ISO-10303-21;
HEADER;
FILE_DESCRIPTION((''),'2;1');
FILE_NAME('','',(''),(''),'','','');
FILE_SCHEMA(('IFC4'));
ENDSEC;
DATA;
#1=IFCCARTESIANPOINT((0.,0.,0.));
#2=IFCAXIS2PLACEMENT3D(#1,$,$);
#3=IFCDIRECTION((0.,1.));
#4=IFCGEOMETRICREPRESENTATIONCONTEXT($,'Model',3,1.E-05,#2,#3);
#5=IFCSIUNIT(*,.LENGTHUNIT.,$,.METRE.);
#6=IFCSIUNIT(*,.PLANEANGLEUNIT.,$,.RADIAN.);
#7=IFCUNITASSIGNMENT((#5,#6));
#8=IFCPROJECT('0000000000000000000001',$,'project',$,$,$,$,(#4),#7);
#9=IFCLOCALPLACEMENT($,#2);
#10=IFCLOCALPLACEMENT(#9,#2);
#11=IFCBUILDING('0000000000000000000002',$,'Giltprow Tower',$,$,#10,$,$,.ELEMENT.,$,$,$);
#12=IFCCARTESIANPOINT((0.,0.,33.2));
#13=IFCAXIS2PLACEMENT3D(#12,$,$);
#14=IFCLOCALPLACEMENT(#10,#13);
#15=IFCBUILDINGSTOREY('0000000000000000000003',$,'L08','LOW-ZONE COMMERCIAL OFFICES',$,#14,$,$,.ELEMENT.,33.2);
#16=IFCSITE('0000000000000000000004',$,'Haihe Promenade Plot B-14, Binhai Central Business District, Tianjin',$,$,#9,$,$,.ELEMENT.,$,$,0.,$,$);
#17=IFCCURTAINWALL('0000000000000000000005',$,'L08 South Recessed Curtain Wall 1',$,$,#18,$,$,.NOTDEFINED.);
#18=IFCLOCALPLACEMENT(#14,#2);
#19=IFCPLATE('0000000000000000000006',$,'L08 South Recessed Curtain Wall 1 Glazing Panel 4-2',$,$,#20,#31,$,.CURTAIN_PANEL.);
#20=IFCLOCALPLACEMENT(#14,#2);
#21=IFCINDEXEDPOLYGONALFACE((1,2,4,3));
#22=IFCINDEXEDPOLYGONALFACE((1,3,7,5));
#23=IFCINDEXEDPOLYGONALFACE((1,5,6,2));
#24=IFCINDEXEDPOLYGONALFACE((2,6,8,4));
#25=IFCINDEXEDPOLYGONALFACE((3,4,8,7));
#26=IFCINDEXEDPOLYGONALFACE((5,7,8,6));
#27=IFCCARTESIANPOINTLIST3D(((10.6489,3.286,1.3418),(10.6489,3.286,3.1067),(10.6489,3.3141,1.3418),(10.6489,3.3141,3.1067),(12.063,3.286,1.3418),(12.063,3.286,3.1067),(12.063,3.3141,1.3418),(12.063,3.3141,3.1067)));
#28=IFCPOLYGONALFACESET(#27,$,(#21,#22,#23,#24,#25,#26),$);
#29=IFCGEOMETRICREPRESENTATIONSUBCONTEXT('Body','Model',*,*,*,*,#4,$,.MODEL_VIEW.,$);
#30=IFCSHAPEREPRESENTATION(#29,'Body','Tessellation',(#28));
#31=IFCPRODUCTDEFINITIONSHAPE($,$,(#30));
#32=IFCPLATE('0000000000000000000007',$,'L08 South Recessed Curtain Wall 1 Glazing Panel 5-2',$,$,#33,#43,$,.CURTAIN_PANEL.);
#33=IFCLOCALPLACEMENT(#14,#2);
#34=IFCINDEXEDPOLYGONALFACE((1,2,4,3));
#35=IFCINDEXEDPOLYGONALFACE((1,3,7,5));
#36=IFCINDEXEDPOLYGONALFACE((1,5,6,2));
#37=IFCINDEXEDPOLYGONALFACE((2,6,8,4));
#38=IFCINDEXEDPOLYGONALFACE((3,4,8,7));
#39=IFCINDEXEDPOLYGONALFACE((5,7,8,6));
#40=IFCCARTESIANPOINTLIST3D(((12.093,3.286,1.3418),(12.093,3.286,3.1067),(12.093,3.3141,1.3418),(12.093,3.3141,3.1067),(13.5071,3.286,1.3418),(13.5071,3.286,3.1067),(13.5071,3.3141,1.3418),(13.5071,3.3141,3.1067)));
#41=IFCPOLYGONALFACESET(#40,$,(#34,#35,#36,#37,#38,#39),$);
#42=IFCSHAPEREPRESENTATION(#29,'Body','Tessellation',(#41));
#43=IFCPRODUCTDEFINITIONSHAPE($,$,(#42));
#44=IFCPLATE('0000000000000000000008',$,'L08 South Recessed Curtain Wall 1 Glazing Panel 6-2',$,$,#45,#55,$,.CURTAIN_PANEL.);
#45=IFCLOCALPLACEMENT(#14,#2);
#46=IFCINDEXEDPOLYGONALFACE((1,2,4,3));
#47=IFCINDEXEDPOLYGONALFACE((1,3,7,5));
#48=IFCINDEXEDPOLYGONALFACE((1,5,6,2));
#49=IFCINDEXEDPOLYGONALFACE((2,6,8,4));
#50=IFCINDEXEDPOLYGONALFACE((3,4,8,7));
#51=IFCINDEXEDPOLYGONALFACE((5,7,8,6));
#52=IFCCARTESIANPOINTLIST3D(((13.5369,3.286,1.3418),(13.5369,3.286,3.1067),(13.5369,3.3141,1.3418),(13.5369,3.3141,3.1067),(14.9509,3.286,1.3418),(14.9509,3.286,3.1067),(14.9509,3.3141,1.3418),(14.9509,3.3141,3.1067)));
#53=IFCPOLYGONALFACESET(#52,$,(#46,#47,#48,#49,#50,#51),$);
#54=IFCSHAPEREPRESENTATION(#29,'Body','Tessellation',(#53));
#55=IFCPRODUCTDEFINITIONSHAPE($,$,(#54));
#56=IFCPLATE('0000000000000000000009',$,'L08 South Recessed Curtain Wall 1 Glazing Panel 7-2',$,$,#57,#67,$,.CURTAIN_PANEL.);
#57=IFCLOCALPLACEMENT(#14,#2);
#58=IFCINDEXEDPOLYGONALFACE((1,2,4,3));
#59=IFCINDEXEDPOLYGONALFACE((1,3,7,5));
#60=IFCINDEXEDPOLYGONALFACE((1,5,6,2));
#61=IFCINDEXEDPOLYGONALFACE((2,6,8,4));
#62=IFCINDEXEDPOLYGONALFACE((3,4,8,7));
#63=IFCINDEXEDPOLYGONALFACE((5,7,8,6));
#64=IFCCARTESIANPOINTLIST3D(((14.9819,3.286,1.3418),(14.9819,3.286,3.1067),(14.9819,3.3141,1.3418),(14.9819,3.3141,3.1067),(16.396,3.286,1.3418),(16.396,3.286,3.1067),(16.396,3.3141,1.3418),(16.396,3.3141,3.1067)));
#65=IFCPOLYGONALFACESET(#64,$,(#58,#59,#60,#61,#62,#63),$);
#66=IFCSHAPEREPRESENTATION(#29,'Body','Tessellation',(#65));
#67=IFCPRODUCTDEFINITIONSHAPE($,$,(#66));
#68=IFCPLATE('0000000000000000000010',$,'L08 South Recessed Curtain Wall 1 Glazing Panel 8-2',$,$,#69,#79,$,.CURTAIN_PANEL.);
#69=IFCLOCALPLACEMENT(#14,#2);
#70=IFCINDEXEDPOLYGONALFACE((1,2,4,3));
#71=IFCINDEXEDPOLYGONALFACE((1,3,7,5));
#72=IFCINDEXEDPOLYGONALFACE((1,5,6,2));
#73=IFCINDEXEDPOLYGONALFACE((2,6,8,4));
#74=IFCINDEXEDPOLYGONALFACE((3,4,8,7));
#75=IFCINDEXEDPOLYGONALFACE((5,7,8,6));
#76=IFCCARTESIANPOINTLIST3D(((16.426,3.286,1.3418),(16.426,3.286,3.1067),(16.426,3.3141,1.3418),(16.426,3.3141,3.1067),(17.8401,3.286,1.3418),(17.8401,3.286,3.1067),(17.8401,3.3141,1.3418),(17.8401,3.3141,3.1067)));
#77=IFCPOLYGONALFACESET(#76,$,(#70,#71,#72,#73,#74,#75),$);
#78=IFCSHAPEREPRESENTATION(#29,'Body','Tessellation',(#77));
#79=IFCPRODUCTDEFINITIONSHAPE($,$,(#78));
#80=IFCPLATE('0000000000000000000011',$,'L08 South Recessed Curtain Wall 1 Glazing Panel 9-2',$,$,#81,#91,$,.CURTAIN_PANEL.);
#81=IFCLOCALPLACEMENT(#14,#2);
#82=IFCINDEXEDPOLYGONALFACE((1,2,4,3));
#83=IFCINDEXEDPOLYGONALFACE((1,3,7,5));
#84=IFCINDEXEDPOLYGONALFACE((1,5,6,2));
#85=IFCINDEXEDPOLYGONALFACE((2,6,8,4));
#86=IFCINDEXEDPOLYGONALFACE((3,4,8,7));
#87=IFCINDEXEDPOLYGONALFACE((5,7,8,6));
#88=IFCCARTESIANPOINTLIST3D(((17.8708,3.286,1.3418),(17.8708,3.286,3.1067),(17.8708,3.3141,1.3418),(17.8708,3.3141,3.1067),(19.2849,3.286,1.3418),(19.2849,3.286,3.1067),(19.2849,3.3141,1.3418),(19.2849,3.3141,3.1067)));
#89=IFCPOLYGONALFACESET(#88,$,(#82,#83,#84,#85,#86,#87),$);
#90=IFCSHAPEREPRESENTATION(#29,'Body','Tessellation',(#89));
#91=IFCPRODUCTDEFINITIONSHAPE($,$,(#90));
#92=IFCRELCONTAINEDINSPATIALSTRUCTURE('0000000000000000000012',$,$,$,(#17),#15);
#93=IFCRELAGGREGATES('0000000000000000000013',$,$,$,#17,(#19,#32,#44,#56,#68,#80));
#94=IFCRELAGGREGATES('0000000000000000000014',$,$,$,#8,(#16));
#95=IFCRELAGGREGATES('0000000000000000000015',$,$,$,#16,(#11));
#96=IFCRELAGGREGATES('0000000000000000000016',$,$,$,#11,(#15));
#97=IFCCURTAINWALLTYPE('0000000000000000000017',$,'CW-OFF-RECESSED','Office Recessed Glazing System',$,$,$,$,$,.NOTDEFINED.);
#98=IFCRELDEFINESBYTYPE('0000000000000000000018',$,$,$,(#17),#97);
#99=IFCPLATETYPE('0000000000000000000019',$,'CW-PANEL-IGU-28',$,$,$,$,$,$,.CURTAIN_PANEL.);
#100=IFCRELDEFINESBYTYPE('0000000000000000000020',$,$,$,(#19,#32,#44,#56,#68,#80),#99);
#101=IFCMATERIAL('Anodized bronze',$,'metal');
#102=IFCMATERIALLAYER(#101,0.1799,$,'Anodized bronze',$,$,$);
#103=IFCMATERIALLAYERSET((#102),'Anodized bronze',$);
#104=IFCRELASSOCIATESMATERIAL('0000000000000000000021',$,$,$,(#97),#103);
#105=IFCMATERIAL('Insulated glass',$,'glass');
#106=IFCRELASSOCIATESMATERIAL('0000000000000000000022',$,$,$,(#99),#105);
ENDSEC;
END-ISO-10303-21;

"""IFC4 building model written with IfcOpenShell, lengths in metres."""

from ifc_helpers import new_model, si_unit, direction, frame, origin, origin_2d, place, context, subcontext, project, spatial, rectangle, extrude, source, transform, mapped, material, layer, layer_set, type_object, element, aggregate, save


model = new_model("IFC4")

# Units and contexts
model_context = context("Model", 3, precision=1e-05, world=origin(), true_north=direction((0.0, 1.0)))
body_context = subcontext(model_context, "Body", "Model", "MODEL_VIEW")
ifc_project = project(units=[si_unit("LENGTHUNIT", "METRE"), si_unit("PLANEANGLEUNIT", "RADIAN")], contexts=[model_context])

# Site, building, storey
site_placement = place(None, origin())
site = spatial("IfcSite", under=ifc_project, at=site_placement, Name="Haihe Promenade Plot B-14, Binhai Central Business District, Tianjin", CompositionType="ELEMENT", RefElevation=0.0)
building_placement = place(site_placement, origin())
building = spatial("IfcBuilding", under=site, at=building_placement, Name="Giltprow Tower", CompositionType="ELEMENT")
storey_placement = place(building_placement, frame((0.0, 0.0, 33.2)))
storey = spatial("IfcBuildingStorey", under=building, at=storey_placement, Name="L08", Description="LOW-ZONE COMMERCIAL OFFICES", CompositionType="ELEMENT", Elevation=33.2)

# Curtain wall, plates
ifc_material_1 = material(Name="Anodized bronze", Category="metal")
ifc_layer = layer(ifc_material_1, 0.1799, Name="Anodized bronze")
ifc_layer_set = layer_set([ifc_layer], Name="Anodized bronze")
curtain_wall_type = type_object("IfcCurtainWallType", Name="CW-OFF-RECESSED", Description="Office Recessed Glazing System", PredefinedType="NOTDEFINED", material=ifc_layer_set)
curtain_wall_placement = place(storey_placement, origin())
curtain_wall = element("IfcCurtainWall", 1, at=curtain_wall_placement, inside=storey, type_object=curtain_wall_type, Name="L08 South Recessed Curtain Wall 1", PredefinedType="NOTDEFINED")
ifc_material_2 = material(Name="Insulated glass", Category="glass")
plate_type = type_object("IfcPlateType", Name="CW-PANEL-IGU-28", PredefinedType="CURTAIN_PANEL", material=ifc_material_2)
shared_shape_1 = source(origin(), body_context, "Body", "SweptSolid", [
    extrude(rectangle(XDim=1.4141, YDim=0.0281, at=origin_2d()), origin(), (0.0, 0.0, 1.0), 1.7649),
])
plate_1_placement = place(storey_placement, frame((11.356, 3.3, 1.3418), z_axis=(0.0, 0.0, 1.0), x_axis=(1.0, 0.0, 0.0)))
plate_1 = element("IfcPlate", 2, at=plate_1_placement, type_object=plate_type, Name="L08 South Recessed Curtain Wall 1 Glazing Panel 4-2", PredefinedType="CURTAIN_PANEL", context=body_context, shape_type="MappedRepresentation", body=[
    mapped(shared_shape_1, transform((0.0, 0.0, 0.0), x_axis=(1.0, 0.0, 0.0), y_axis=(0.0, 1.0, 0.0), z_axis=(0.0, 0.0, 1.0), scale=1.0)),
])
plate_2_placement = place(storey_placement, frame((12.8, 3.3, 1.3418), z_axis=(0.0, 0.0, 1.0), x_axis=(1.0, 0.0, 0.0)))
plate_2 = element("IfcPlate", 3, at=plate_2_placement, type_object=plate_type, Name="L08 South Recessed Curtain Wall 1 Glazing Panel 5-2", PredefinedType="CURTAIN_PANEL", context=body_context, shape_type="MappedRepresentation", body=[
    mapped(shared_shape_1, transform((0.0, 0.0, 0.0), x_axis=(1.0, 0.0, 0.0), y_axis=(0.0, 1.0, 0.0), z_axis=(0.0, 0.0, 1.0), scale=1.0)),
])
plate_3_placement = place(storey_placement, frame((14.2439, 3.3, 1.3418), z_axis=(0.0, 0.0, 1.0), x_axis=(1.0, 0.0, 0.0)))
plate_3 = element("IfcPlate", 4, at=plate_3_placement, type_object=plate_type, Name="L08 South Recessed Curtain Wall 1 Glazing Panel 6-2", PredefinedType="CURTAIN_PANEL", context=body_context, shape_type="MappedRepresentation", body=[
    mapped(shared_shape_1, transform((0.0, 0.0, 0.0), x_axis=(1.0, 0.0, 0.0), y_axis=(0.0, 1.0, 0.0), z_axis=(0.0, 0.0, 1.0), scale=1.0)),
])
plate_4_placement = place(storey_placement, frame((15.689, 3.3, 1.3418), z_axis=(0.0, 0.0, 1.0), x_axis=(1.0, 0.0, 0.0)))
plate_4 = element("IfcPlate", 5, at=plate_4_placement, type_object=plate_type, Name="L08 South Recessed Curtain Wall 1 Glazing Panel 7-2", PredefinedType="CURTAIN_PANEL", context=body_context, shape_type="MappedRepresentation", body=[
    mapped(shared_shape_1, transform((0.0, 0.0, 0.0), x_axis=(1.0, 0.0, 0.0), y_axis=(0.0, 1.0, 0.0), z_axis=(0.0, 0.0, 1.0), scale=1.0)),
])
plate_5_placement = place(storey_placement, frame((17.1331, 3.3, 1.3418), z_axis=(0.0, 0.0, 1.0), x_axis=(1.0, 0.0, 0.0)))
plate_5 = element("IfcPlate", 6, at=plate_5_placement, type_object=plate_type, Name="L08 South Recessed Curtain Wall 1 Glazing Panel 8-2", PredefinedType="CURTAIN_PANEL", context=body_context, shape_type="MappedRepresentation", body=[
    mapped(shared_shape_1, transform((0.0, 0.0, 0.0), x_axis=(1.0, 0.0, 0.0), y_axis=(0.0, 1.0, 0.0), z_axis=(0.0, 0.0, 1.0), scale=1.0)),
])
plate_6_placement = place(storey_placement, frame((18.5779, 3.3, 1.3418), z_axis=(0.0, 0.0, 1.0), x_axis=(1.0, 0.0, 0.0)))
plate_6 = element("IfcPlate", 7, at=plate_6_placement, type_object=plate_type, Name="L08 South Recessed Curtain Wall 1 Glazing Panel 9-2", PredefinedType="CURTAIN_PANEL", context=body_context, shape_type="MappedRepresentation", body=[
    mapped(shared_shape_1, transform((0.0, 0.0, 0.0), x_axis=(1.0, 0.0, 0.0), y_axis=(0.0, 1.0, 0.0), z_axis=(0.0, 0.0, 1.0), scale=1.0)),
])
aggregate(curtain_wall, [plate_1, plate_2, plate_3, plate_4, plate_5, plate_6])

save(model, "model.ifc")
